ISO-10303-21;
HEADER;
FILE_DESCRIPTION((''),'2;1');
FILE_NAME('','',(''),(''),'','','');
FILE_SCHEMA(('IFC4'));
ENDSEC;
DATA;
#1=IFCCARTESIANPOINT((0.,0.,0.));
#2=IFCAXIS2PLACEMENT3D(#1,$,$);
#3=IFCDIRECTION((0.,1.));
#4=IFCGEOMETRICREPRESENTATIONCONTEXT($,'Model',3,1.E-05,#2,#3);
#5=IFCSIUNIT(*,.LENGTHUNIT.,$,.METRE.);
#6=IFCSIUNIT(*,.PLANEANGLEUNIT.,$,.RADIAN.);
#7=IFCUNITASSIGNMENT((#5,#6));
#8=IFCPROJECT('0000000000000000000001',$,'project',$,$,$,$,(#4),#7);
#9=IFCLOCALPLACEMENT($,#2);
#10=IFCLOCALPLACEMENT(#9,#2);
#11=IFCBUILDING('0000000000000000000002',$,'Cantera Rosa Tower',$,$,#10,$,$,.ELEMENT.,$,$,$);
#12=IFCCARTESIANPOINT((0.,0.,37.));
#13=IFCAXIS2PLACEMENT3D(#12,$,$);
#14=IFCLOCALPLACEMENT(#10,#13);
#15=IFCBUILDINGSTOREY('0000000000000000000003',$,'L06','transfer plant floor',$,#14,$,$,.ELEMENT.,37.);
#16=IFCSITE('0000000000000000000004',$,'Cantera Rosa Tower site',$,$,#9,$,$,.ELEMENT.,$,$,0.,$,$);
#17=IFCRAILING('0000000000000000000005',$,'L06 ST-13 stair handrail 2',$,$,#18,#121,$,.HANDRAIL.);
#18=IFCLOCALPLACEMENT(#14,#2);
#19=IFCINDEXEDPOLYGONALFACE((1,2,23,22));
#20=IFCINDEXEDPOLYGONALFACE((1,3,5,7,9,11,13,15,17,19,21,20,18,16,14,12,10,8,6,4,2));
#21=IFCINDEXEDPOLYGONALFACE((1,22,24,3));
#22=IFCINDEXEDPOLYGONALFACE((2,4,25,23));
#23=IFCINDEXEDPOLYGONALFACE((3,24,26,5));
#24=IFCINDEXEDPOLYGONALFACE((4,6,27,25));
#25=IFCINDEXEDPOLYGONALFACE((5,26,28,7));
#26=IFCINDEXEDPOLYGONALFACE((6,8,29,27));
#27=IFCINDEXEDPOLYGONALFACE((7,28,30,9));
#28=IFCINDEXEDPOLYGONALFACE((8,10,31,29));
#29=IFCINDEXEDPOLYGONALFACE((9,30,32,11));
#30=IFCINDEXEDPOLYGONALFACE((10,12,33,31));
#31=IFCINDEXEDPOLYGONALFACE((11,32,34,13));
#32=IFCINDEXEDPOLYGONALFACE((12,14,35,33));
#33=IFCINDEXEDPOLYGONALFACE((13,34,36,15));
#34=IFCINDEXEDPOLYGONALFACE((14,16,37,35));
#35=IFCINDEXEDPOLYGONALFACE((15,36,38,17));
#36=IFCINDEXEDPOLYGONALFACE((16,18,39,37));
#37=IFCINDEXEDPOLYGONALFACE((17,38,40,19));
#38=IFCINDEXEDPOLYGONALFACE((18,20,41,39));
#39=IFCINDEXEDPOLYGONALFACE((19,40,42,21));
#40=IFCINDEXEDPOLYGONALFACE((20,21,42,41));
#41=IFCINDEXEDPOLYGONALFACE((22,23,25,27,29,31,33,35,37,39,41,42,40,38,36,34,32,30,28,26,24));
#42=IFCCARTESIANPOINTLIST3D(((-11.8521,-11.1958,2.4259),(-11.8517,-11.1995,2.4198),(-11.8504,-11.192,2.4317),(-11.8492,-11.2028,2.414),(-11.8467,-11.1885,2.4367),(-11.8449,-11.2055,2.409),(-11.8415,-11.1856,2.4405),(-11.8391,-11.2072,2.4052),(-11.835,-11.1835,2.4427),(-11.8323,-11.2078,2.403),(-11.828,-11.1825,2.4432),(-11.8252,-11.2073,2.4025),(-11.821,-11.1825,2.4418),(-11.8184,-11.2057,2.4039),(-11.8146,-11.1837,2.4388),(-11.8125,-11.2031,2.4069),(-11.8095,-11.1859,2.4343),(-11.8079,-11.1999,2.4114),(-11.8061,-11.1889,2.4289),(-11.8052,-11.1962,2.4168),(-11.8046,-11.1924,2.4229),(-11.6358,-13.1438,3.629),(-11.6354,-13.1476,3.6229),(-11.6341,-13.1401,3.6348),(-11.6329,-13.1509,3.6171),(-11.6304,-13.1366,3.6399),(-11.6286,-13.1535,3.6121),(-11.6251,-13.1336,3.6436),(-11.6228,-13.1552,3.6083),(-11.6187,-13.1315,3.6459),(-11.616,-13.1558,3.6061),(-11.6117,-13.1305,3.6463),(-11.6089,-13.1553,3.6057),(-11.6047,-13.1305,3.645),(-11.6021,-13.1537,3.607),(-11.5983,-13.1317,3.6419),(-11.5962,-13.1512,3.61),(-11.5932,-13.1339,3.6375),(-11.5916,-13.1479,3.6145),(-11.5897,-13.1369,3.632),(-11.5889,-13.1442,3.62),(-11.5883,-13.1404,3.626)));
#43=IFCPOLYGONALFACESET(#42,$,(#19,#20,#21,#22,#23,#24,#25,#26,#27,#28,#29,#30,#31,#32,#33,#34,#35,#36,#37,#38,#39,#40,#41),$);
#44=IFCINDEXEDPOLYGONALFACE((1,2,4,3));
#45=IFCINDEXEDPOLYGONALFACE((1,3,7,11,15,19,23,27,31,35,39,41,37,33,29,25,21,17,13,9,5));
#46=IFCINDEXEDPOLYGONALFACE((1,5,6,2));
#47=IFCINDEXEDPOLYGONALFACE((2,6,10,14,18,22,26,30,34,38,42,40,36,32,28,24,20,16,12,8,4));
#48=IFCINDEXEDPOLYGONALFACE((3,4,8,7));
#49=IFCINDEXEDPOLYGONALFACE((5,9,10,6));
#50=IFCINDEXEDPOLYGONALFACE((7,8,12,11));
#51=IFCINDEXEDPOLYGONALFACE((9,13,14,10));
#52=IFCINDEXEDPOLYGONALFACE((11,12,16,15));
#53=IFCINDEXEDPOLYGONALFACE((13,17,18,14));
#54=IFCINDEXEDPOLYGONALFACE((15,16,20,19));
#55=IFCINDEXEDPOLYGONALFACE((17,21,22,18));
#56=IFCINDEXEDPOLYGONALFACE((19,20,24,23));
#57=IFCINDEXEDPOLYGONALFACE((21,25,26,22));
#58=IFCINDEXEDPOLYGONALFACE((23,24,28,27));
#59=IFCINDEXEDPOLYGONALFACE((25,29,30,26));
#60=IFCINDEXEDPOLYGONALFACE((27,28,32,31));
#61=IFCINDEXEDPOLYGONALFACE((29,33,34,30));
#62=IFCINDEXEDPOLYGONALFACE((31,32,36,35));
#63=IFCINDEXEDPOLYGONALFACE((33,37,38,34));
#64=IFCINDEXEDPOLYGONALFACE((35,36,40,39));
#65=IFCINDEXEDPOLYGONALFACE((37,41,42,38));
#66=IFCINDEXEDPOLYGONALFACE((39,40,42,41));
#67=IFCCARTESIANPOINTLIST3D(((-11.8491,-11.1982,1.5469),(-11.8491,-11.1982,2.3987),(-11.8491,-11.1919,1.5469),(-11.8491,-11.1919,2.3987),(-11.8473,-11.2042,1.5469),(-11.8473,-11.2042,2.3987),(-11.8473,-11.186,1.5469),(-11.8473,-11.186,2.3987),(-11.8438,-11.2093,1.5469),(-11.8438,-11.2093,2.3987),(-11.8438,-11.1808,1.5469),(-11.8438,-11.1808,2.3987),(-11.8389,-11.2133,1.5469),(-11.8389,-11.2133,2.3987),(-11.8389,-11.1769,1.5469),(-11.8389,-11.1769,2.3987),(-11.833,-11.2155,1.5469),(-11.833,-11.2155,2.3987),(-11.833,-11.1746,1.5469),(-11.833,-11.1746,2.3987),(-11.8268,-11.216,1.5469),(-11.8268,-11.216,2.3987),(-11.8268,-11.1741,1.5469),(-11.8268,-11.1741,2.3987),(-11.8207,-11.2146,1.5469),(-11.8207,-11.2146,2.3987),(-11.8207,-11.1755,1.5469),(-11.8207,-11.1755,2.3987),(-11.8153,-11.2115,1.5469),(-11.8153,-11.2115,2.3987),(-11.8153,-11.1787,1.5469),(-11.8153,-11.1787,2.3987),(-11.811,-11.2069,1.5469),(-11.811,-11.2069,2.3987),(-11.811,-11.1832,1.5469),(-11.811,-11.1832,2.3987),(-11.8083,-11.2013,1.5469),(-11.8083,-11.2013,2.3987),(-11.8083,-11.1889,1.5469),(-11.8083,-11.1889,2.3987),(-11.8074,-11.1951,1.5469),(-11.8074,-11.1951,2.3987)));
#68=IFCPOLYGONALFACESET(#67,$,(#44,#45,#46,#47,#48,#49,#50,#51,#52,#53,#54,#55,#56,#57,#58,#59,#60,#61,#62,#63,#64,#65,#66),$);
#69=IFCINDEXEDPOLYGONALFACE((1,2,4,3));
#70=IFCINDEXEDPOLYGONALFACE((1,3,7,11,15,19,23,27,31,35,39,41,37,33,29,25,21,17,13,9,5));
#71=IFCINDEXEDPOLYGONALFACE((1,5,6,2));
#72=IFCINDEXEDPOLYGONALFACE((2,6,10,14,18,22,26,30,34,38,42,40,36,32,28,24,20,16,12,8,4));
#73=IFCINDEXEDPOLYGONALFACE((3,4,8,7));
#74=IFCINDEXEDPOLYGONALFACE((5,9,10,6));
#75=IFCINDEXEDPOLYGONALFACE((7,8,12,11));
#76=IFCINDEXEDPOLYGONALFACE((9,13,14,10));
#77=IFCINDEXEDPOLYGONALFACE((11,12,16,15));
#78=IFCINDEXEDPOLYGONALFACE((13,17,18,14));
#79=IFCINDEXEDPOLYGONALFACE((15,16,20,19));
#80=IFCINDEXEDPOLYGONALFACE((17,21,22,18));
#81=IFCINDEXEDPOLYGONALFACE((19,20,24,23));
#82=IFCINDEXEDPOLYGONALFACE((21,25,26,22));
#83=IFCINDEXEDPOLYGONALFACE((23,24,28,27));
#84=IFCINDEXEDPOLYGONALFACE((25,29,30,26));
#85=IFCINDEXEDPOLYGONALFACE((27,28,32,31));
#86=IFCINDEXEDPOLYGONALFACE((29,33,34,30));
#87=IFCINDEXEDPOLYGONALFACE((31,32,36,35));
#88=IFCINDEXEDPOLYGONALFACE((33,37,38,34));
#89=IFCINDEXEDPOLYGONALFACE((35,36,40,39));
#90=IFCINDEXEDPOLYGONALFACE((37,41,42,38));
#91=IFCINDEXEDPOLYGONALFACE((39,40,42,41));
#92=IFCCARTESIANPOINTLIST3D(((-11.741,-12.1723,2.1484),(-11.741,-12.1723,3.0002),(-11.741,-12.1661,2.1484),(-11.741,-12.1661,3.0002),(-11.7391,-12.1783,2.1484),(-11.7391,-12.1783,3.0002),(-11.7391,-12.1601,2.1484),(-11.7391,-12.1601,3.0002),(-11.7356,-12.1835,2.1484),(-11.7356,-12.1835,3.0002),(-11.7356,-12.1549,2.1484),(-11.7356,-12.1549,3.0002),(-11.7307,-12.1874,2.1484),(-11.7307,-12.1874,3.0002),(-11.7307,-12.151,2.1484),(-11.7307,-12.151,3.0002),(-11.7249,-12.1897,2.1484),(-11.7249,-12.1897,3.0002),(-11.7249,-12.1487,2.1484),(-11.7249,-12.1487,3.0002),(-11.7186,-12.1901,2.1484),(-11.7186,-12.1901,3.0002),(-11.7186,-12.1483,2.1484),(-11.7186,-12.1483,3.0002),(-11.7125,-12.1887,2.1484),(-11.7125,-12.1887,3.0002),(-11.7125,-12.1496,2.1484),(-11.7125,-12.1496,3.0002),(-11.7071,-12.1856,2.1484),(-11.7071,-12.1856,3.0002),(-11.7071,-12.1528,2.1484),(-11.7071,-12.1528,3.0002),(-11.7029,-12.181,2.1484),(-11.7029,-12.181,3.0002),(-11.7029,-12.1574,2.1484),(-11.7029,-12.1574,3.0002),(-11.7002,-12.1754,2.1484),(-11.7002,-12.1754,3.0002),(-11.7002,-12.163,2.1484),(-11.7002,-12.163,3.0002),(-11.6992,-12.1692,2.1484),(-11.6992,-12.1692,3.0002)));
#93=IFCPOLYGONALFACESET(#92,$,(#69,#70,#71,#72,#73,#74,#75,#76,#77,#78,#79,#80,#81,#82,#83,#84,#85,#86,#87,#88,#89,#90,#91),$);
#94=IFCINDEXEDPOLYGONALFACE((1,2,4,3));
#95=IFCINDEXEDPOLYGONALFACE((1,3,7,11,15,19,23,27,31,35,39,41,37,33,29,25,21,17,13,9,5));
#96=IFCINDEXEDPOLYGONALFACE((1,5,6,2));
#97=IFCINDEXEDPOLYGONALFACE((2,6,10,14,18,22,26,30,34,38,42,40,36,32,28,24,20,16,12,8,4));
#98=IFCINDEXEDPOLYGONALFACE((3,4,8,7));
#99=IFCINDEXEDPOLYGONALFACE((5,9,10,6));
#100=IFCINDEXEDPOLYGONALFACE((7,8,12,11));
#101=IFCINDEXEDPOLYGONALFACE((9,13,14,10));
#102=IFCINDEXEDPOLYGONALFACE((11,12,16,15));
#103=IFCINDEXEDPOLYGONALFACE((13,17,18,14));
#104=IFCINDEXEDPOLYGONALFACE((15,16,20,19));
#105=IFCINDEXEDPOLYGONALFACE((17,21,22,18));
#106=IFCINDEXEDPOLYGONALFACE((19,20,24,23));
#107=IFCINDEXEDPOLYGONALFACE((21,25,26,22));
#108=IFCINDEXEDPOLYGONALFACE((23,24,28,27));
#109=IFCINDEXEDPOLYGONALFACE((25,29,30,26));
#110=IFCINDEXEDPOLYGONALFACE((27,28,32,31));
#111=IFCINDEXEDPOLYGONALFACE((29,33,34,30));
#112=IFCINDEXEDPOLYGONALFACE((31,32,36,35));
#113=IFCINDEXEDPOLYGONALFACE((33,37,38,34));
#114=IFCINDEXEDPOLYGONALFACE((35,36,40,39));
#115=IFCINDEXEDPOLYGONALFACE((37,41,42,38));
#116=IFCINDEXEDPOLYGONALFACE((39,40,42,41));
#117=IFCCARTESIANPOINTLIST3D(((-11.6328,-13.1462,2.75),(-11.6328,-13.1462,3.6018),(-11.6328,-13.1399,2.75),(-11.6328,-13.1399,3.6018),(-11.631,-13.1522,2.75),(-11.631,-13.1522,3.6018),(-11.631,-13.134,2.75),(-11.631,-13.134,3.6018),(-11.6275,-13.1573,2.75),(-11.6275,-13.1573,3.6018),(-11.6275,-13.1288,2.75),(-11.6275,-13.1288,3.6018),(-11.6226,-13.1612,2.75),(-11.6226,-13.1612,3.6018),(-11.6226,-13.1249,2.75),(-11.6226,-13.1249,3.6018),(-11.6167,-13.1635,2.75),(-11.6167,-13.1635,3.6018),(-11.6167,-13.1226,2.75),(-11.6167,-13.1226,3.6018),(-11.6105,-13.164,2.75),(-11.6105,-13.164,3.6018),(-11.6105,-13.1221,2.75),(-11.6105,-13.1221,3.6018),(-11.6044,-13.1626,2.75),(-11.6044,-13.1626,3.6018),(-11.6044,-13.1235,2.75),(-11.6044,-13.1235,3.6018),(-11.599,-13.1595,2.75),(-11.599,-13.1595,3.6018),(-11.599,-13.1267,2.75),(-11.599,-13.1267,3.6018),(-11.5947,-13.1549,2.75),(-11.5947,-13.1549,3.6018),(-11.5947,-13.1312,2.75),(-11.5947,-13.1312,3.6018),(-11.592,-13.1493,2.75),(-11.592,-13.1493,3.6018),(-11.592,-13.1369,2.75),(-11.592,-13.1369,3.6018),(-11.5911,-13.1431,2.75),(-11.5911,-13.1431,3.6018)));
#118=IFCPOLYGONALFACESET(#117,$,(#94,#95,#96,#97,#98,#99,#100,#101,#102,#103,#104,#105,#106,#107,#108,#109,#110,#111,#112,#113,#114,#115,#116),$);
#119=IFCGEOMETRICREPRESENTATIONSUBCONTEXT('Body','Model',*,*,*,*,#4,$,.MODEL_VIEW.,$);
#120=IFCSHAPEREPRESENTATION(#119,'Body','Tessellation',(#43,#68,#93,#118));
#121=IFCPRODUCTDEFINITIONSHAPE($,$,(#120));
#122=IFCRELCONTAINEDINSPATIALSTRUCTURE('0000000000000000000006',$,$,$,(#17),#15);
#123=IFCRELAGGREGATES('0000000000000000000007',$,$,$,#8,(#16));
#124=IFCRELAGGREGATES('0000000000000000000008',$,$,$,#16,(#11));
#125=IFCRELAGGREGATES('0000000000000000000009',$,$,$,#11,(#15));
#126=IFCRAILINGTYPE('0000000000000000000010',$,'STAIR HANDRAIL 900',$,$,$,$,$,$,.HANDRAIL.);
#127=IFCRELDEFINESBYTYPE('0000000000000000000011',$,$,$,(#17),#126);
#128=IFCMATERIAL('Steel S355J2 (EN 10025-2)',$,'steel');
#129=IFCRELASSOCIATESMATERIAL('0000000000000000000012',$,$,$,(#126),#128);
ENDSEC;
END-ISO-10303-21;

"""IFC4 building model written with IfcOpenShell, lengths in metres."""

from ifc_helpers import new_model, si_unit, direction, frame, origin, origin_2d, place, context, subcontext, project, spatial, circle, extrude, material, type_object, element, save


model = new_model("IFC4")

# Units and contexts
model_context = context("Model", 3, precision=1e-05, world=origin(), true_north=direction((0.0, 1.0)))
body_context = subcontext(model_context, "Body", "Model", "MODEL_VIEW")
ifc_project = project(units=[si_unit("LENGTHUNIT", "METRE"), si_unit("PLANEANGLEUNIT", "RADIAN")], contexts=[model_context])

# Site, building, storey
site_placement = place(None, origin())
site = spatial("IfcSite", under=ifc_project, at=site_placement, Name="Cantera Rosa Tower site", CompositionType="ELEMENT", RefElevation=0.0)
building_placement = place(site_placement, origin())
building = spatial("IfcBuilding", under=site, at=building_placement, Name="Cantera Rosa Tower", CompositionType="ELEMENT")
storey_placement = place(building_placement, frame((0.0, 0.0, 37.0)))
storey = spatial("IfcBuildingStorey", under=building, at=storey_placement, Name="L06", Description="transfer plant floor", CompositionType="ELEMENT", Elevation=37.0)

# Railing
ifc_material_1 = material(Name="Steel S355J2 (EN 10025-2)", Category="steel")
railing_type = type_object("IfcRailingType", Name="STAIR HANDRAIL 900", PredefinedType="HANDRAIL", material=ifc_material_1)
railing_placement = place(storey_placement, frame((-11.8284, -11.1951, 1.5469)))
element("IfcRailing", 1, at=railing_placement, inside=storey, type_object=railing_type, Name="L06 ST-13 stair handrail 2", PredefinedType="HANDRAIL", context=body_context, shape_type="SweptSolid", body=[
    extrude(circle(Radius=0.0239, at=origin_2d()), frame((0.0, 0.0, 0.876), z_axis=(0.094056, -0.847036, 0.523147), x_axis=(0.993891, 0.110363, 0.0)), (0.0, 0.0, 1.0), 2.2998),
    extrude(circle(Radius=0.021, at=origin_2d()), origin(), (0.0, 0.0, 1.0), 0.8518),
    extrude(circle(Radius=0.021, at=origin_2d()), frame((0.1082, -0.9741, 0.6016)), (0.0, 0.0, 1.0), 0.8518),
    extrude(circle(Radius=0.021, at=origin_2d()), frame((0.2163, -1.948, 1.2031)), (0.0, 0.0, 1.0), 0.8518),
])

save(model, "model.ifc")
